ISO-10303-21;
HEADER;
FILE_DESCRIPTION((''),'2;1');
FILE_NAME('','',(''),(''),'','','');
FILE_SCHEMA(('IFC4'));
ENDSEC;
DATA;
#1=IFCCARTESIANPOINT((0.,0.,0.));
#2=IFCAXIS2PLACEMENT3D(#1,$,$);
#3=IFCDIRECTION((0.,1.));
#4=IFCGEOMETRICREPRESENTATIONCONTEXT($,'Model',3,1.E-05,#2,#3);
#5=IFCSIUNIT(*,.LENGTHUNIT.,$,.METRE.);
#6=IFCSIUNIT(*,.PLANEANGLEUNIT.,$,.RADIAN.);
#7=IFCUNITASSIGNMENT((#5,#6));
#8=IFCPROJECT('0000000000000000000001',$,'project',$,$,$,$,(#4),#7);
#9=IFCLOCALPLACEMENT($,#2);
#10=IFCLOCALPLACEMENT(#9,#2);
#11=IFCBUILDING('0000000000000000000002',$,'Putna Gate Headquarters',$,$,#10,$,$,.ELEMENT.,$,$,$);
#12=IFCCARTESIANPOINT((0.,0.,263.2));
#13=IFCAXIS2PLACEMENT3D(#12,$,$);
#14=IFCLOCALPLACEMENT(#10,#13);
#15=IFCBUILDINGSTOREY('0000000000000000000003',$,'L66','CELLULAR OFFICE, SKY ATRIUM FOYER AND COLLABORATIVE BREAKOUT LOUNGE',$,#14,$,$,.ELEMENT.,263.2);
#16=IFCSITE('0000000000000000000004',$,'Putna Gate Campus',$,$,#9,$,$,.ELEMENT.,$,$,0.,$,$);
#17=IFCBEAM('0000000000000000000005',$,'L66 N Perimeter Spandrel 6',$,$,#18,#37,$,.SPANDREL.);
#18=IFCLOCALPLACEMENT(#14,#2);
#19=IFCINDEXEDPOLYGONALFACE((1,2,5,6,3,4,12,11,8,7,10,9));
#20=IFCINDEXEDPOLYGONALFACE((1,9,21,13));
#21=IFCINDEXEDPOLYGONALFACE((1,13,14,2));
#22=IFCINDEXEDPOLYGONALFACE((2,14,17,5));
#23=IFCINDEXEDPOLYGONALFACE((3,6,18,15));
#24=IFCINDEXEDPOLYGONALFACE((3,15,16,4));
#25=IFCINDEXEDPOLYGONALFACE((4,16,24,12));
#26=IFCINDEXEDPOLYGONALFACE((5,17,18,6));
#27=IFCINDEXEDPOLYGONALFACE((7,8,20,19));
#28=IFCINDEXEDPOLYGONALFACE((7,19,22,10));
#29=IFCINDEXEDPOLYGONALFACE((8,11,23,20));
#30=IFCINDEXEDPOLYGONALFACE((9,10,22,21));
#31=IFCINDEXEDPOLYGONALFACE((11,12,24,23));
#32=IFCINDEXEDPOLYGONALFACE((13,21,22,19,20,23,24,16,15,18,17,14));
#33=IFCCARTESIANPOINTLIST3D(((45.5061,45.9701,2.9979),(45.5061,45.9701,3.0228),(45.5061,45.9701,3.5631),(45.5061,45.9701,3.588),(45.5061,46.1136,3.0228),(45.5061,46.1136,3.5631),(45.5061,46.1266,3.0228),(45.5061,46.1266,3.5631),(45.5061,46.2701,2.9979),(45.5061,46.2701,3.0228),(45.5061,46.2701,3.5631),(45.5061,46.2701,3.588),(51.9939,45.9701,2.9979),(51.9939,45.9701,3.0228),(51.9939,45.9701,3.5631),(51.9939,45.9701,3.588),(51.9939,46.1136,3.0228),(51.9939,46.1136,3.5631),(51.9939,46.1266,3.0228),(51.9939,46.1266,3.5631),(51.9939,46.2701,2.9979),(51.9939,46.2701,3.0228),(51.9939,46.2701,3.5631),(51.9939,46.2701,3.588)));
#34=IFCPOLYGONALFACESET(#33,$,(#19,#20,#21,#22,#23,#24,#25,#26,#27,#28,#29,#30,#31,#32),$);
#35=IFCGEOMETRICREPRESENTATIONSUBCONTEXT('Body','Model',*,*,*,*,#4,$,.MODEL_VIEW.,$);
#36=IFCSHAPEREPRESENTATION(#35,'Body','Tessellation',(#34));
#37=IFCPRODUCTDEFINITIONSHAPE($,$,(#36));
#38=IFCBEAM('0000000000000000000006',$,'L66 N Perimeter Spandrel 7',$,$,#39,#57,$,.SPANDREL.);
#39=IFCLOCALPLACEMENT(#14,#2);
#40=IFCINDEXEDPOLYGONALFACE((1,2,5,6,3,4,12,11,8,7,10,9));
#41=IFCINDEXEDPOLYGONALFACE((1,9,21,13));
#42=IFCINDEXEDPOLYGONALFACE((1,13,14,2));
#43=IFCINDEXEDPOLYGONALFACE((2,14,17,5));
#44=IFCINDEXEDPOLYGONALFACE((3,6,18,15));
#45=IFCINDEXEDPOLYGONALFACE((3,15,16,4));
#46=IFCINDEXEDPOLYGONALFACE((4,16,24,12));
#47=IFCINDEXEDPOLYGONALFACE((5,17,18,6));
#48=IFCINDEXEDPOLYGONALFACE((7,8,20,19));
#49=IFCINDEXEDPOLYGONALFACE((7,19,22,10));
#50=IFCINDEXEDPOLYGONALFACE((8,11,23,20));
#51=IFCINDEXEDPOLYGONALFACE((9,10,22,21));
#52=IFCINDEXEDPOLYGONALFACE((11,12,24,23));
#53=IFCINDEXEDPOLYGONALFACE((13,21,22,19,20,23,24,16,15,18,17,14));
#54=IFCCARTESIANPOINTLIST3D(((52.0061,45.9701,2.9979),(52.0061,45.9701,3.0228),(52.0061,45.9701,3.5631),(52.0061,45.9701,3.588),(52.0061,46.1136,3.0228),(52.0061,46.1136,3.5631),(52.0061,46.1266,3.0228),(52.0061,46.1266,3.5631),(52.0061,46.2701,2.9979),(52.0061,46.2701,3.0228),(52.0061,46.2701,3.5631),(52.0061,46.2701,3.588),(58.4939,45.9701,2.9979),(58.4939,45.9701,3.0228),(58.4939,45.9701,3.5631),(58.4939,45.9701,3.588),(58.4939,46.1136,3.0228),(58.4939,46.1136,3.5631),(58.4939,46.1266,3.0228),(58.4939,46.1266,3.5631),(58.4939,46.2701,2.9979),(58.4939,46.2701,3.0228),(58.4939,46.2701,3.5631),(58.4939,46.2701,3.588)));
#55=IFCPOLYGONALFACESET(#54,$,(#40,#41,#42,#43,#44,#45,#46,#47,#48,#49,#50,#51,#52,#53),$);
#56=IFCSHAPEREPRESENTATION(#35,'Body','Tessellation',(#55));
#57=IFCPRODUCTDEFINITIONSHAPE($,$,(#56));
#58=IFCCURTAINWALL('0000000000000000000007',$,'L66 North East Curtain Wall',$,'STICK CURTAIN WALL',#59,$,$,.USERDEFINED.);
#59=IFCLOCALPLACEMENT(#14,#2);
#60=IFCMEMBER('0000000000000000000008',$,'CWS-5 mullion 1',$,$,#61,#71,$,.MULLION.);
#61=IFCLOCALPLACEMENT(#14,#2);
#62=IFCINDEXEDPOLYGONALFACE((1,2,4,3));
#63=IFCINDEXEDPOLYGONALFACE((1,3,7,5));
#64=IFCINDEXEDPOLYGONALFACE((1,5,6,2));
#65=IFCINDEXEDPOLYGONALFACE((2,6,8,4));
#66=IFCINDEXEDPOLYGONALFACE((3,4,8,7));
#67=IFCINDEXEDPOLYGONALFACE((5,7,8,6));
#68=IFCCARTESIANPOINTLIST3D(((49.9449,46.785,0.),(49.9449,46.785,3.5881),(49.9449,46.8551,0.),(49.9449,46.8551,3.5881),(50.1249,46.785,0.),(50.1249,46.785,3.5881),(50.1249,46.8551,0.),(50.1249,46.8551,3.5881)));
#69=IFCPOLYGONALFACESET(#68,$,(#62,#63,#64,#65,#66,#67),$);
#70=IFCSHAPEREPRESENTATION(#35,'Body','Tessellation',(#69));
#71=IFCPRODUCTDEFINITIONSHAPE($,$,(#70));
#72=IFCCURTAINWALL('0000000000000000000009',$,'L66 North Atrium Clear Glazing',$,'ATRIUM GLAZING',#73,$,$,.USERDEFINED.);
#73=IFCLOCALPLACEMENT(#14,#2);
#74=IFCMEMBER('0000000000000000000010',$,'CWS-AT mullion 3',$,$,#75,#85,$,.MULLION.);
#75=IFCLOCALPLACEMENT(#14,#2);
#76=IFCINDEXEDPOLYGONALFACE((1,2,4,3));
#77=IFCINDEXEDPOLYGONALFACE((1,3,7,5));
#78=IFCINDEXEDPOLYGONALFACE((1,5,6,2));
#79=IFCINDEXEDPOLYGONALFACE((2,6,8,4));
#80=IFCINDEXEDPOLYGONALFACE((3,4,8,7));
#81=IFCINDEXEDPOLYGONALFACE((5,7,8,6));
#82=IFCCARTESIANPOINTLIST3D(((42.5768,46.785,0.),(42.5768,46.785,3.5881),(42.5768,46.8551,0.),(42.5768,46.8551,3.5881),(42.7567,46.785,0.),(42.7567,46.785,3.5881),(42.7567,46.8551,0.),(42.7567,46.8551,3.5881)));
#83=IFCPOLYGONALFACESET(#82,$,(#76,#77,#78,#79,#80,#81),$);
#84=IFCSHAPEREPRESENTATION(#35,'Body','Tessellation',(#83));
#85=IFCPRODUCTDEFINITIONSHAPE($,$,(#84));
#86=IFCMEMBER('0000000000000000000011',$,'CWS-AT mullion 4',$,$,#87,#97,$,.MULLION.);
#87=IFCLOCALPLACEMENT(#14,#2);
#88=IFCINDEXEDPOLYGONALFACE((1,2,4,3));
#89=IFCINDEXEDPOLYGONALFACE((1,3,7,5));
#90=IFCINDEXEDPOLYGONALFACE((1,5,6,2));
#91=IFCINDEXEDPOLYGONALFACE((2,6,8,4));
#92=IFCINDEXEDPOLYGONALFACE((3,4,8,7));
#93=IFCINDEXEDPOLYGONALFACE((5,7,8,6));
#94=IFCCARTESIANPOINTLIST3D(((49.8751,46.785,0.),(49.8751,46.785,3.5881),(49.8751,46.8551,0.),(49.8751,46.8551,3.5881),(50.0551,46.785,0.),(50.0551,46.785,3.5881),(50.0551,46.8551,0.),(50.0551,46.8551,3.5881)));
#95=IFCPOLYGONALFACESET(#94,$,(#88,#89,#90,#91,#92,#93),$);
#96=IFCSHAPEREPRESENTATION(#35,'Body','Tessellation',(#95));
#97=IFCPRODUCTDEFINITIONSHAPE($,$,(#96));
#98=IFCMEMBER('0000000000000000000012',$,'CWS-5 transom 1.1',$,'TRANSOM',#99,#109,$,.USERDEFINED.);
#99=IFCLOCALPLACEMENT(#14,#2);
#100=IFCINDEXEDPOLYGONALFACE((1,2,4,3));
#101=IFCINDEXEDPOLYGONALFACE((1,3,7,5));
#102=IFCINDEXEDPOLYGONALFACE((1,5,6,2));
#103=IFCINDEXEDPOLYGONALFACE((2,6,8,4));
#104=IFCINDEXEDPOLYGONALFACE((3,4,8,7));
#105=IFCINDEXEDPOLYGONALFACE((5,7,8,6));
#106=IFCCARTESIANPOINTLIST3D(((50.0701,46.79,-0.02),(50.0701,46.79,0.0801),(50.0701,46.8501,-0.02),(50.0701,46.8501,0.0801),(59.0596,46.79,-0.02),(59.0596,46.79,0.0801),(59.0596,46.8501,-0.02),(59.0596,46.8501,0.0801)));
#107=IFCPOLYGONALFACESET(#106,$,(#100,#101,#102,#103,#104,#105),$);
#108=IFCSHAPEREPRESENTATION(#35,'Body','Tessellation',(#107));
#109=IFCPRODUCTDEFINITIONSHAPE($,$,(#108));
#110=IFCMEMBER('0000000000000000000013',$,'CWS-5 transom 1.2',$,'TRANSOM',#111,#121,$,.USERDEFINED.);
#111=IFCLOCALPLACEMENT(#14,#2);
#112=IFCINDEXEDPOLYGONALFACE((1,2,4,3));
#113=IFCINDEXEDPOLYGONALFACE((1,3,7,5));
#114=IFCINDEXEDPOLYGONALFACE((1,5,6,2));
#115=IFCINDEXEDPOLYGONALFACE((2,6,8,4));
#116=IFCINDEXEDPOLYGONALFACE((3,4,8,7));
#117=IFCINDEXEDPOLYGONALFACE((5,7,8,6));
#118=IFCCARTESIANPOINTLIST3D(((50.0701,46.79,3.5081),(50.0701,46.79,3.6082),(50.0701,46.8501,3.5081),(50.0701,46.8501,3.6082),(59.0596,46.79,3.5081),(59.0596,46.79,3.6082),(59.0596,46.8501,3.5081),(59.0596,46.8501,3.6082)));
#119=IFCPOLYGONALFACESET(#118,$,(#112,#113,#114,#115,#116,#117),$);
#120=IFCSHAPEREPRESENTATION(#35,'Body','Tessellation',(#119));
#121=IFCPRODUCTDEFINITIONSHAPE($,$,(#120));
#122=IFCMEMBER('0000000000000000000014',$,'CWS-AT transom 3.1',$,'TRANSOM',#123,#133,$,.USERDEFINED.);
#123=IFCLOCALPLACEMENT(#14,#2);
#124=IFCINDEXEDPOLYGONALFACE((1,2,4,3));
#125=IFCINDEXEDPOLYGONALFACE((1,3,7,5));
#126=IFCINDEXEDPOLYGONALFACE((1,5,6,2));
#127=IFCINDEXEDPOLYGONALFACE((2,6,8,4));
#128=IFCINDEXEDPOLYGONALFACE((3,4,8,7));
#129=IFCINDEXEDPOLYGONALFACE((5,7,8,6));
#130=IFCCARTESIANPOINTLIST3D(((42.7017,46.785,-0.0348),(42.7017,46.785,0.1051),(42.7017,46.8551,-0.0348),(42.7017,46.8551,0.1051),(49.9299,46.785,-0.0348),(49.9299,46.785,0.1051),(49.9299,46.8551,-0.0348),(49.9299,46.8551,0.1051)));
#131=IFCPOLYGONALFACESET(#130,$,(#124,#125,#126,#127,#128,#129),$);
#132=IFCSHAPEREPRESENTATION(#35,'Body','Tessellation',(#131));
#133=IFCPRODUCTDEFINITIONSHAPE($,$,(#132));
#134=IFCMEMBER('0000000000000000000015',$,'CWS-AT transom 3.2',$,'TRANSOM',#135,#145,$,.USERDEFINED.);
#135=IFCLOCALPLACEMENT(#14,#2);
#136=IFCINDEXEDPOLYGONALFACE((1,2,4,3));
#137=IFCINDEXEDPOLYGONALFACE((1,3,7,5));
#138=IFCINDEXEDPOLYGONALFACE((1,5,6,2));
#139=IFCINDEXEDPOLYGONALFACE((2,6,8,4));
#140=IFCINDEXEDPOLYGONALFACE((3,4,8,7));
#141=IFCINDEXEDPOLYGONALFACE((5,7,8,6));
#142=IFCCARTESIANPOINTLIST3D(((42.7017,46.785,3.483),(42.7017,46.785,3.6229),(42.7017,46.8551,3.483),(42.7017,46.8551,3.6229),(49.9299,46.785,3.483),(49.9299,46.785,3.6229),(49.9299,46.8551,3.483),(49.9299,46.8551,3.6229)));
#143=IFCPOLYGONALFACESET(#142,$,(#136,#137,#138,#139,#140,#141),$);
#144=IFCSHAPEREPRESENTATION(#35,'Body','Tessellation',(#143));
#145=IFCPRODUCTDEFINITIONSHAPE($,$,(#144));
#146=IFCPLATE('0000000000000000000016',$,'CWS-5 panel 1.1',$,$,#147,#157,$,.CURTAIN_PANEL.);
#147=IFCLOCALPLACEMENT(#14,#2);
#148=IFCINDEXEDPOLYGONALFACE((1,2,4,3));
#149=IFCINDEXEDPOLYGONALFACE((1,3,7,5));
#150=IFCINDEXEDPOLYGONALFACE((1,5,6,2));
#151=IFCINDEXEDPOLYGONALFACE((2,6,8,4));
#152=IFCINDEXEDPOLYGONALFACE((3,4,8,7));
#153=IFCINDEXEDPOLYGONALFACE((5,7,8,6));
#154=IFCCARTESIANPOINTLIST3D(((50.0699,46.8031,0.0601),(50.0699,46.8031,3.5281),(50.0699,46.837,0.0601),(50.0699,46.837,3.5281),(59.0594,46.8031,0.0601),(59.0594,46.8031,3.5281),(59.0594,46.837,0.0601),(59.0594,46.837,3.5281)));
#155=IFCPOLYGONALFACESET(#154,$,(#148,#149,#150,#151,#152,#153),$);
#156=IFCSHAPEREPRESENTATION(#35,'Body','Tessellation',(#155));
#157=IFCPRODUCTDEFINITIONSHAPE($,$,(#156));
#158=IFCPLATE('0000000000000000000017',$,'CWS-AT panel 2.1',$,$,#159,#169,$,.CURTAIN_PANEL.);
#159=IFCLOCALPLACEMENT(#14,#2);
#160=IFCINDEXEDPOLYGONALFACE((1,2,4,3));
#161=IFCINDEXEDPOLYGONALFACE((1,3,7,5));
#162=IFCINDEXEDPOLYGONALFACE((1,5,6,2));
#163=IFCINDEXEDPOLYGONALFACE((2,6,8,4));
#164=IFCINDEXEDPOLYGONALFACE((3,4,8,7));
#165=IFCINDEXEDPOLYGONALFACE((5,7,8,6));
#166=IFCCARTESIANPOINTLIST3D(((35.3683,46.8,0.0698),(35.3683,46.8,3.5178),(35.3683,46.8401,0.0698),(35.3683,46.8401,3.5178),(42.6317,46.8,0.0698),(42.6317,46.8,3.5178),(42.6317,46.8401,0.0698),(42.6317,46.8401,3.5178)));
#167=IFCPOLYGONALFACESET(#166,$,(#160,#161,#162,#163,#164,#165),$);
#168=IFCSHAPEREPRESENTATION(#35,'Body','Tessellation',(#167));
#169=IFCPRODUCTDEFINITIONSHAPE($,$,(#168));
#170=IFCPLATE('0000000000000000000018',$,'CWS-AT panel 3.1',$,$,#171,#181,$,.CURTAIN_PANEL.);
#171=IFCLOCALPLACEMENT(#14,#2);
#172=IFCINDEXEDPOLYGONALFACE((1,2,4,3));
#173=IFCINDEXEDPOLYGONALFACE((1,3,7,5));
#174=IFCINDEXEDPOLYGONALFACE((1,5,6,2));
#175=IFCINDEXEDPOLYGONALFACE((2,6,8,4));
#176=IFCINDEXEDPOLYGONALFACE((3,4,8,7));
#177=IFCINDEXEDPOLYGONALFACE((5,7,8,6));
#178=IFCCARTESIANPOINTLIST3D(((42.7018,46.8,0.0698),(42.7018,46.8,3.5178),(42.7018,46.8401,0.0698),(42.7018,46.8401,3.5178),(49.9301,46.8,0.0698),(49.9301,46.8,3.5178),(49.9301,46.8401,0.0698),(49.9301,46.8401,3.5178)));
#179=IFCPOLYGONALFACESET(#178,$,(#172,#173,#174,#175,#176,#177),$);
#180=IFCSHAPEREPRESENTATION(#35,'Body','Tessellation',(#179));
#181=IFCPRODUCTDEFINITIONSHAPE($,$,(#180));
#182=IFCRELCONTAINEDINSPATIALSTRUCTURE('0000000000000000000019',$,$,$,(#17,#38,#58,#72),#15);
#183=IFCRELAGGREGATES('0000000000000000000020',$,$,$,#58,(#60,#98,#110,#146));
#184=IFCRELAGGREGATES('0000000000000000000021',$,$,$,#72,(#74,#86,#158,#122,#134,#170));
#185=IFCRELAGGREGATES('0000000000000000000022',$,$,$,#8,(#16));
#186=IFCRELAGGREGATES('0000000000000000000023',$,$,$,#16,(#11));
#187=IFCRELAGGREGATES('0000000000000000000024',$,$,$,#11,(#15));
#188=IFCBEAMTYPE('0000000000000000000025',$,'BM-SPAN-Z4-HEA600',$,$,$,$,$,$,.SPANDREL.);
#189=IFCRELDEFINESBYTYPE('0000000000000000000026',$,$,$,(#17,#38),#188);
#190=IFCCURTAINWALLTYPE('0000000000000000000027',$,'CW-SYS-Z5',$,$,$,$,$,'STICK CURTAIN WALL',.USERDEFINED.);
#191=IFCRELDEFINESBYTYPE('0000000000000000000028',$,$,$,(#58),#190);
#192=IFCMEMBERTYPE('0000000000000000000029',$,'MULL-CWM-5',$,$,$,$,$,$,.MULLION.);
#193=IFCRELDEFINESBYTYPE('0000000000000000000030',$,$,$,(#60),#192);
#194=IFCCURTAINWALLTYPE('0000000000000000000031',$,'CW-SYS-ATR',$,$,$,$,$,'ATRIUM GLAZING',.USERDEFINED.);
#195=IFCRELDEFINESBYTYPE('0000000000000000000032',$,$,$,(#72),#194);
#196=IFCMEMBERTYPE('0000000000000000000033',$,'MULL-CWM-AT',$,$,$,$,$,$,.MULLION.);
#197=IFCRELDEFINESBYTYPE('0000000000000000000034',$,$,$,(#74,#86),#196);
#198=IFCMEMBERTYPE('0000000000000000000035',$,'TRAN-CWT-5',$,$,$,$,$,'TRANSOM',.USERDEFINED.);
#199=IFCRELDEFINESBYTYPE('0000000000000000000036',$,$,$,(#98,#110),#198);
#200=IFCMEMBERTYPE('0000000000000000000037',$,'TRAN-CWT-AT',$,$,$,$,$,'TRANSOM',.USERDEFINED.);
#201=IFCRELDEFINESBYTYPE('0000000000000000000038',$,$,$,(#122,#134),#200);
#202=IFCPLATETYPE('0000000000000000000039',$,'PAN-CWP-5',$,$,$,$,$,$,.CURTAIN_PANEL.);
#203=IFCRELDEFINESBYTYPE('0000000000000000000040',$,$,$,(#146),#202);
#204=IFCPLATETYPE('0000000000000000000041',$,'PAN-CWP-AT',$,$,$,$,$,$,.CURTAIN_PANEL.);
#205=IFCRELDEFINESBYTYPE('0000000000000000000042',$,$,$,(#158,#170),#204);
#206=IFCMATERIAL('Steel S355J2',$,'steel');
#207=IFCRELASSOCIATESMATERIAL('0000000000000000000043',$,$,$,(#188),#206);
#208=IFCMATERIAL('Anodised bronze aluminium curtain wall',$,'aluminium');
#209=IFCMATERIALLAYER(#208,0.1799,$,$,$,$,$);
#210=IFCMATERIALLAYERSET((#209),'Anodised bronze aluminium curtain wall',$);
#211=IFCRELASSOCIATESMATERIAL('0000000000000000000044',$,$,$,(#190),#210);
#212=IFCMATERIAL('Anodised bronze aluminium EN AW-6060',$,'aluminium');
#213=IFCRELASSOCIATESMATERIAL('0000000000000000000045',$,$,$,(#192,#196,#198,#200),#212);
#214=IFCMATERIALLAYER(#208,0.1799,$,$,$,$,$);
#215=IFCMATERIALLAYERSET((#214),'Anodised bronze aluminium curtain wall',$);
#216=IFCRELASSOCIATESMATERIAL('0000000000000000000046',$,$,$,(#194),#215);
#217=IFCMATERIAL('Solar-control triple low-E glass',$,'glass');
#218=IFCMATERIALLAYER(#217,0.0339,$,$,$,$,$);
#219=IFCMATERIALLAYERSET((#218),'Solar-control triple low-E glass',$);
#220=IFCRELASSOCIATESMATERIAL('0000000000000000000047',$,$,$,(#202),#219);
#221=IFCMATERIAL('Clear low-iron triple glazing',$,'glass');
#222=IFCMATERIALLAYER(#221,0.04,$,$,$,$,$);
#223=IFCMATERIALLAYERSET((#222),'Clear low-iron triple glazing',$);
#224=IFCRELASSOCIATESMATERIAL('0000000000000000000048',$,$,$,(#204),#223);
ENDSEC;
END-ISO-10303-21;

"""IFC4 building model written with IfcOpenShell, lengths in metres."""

from ifc_helpers import new_model, si_unit, direction, frame, origin, origin_2d, place, context, subcontext, project, spatial, rectangle, i_section, extrude, material, layer, layer_set, material_profile, profile_set, type_object, element, aggregate, save


model = new_model("IFC4")

# Units and contexts
model_context = context("Model", 3, precision=1e-05, world=origin(), true_north=direction((0.0, 1.0)))
body_context = subcontext(model_context, "Body", "Model", "MODEL_VIEW")
ifc_project = project(units=[si_unit("LENGTHUNIT", "METRE"), si_unit("PLANEANGLEUNIT", "RADIAN")], contexts=[model_context])

# Site, building, storey
site_placement = place(None, origin())
site = spatial("IfcSite", under=ifc_project, at=site_placement, Name="Putna Gate Campus", CompositionType="ELEMENT", RefElevation=0.0)
building_placement = place(site_placement, origin())
building = spatial("IfcBuilding", under=site, at=building_placement, Name="Putna Gate Headquarters", CompositionType="ELEMENT")
storey_placement = place(building_placement, frame((0.0, 0.0, 263.2)))
storey = spatial("IfcBuildingStorey", under=building, at=storey_placement, Name="L66", Description="CELLULAR OFFICE, SKY ATRIUM FOYER AND COLLABORATIVE BREAKOUT LOUNGE", CompositionType="ELEMENT", Elevation=263.2)

# Beams
ifc_material_1 = material(Name="Steel S355J2", Category="steel")
ifc_material_profile_1 = material_profile(ifc_material_1, i_section(OverallWidth=0.3, OverallDepth=0.5901, WebThickness=0.0129, FlangeThickness=0.0249, at=origin_2d()), Name="Steel S355J2")
ifc_profile_set_1 = profile_set([ifc_material_profile_1], Name="Steel S355J2")
beam_type_1 = type_object("IfcBeamType", Name="BM-SPAN-Z4-HEA600", PredefinedType="SPANDREL", material=ifc_profile_set_1)
for number, where, z_axis, x_axis, name in (
    (1, (45.5061, 46.1201, 3.293), (1.0, 0.0, 0.0), (0.0, 1.0, 0.0), "L66 N Perimeter Spandrel 6"),
    (2, (52.0061, 46.1201, 3.293), (1.0, 0.0, 0.0), (0.0, 1.0, 0.0), "L66 N Perimeter Spandrel 7"),
):
    element("IfcBeam", number, at=place(storey_placement, frame(where, z_axis=z_axis, x_axis=x_axis)), inside=storey, type_object=beam_type_1, Name=name, PredefinedType="SPANDREL", context=body_context, shape_type="SweptSolid", body=[
        extrude(i_section(OverallWidth=0.3, OverallDepth=0.5901, WebThickness=0.0129, FlangeThickness=0.0249, at=origin_2d()), origin(), (0.0, 0.0, 1.0), 6.4878),
    ])

# Curtain wall, member
ifc_material_2 = material(Name="Anodised bronze aluminium curtain wall", Category="aluminium")
ifc_layer_1 = layer(ifc_material_2, 0.1799)
ifc_layer_set_1 = layer_set([ifc_layer_1], Name="Anodised bronze aluminium curtain wall")
curtain_wall_type_1 = type_object("IfcCurtainWallType", Name="CW-SYS-Z5", ElementType="STICK CURTAIN WALL", PredefinedType="USERDEFINED", material=ifc_layer_set_1)
curtain_wall_1_placement = place(storey_placement, origin())
curtain_wall_1 = element("IfcCurtainWall", 3, at=curtain_wall_1_placement, inside=storey, type_object=curtain_wall_type_1, Name="L66 North East Curtain Wall", ObjectType="STICK CURTAIN WALL", PredefinedType="USERDEFINED")
ifc_material_3 = material(Name="Anodised bronze aluminium EN AW-6060", Category="aluminium")
ifc_material_profile_2 = material_profile(ifc_material_3, rectangle(XDim=0.0701, YDim=0.1799, at=origin_2d()), Name="Anodised bronze aluminium EN AW-6060")
ifc_profile_set_2 = profile_set([ifc_material_profile_2], Name="Anodised bronze aluminium EN AW-6060")
member_type_1 = type_object("IfcMemberType", Name="MULL-CWM-5", PredefinedType="MULLION", material=ifc_profile_set_2)
member_1_placement = place(storey_placement, frame((50.0349, 46.8201, 0.0), z_axis=(0.0, 0.0, 1.0), x_axis=(0.0, 1.0, 0.0)))
member_1 = element("IfcMember", 4, at=member_1_placement, type_object=member_type_1, Name="CWS-5 mullion 1", PredefinedType="MULLION", context=body_context, shape_type="SweptSolid", body=[
    extrude(rectangle(XDim=0.0701, YDim=0.1799, at=origin_2d()), origin(), (0.0, 0.0, 1.0), 3.5881),
])

# Curtain wall, members
ifc_layer_2 = layer(ifc_material_2, 0.1799)
ifc_layer_set_2 = layer_set([ifc_layer_2], Name="Anodised bronze aluminium curtain wall")
curtain_wall_type_2 = type_object("IfcCurtainWallType", Name="CW-SYS-ATR", ElementType="ATRIUM GLAZING", PredefinedType="USERDEFINED", material=ifc_layer_set_2)
curtain_wall_2_placement = place(storey_placement, origin())
curtain_wall_2 = element("IfcCurtainWall", 5, at=curtain_wall_2_placement, inside=storey, type_object=curtain_wall_type_2, Name="L66 North Atrium Clear Glazing", ObjectType="ATRIUM GLAZING", PredefinedType="USERDEFINED")
ifc_material_profile_3 = material_profile(ifc_material_3, rectangle(XDim=0.0701, YDim=0.1799, at=origin_2d()), Name="Anodised bronze aluminium EN AW-6060")
ifc_profile_set_3 = profile_set([ifc_material_profile_3], Name="Anodised bronze aluminium EN AW-6060")
member_type_2 = type_object("IfcMemberType", Name="MULL-CWM-AT", PredefinedType="MULLION", material=ifc_profile_set_3)
member_2_placement = place(storey_placement, frame((42.6667, 46.8201, 0.0), z_axis=(0.0, 0.0, 1.0), x_axis=(0.0, 1.0, 0.0)))
member_2 = element("IfcMember", 6, at=member_2_placement, type_object=member_type_2, Name="CWS-AT mullion 3", PredefinedType="MULLION", context=body_context, shape_type="SweptSolid", body=[
    extrude(rectangle(XDim=0.0701, YDim=0.1799, at=origin_2d()), origin(), (0.0, 0.0, 1.0), 3.5881),
])
member_3_placement = place(storey_placement, frame((49.9651, 46.8201, 0.0), z_axis=(0.0, 0.0, 1.0), x_axis=(0.0, 1.0, 0.0)))
member_3 = element("IfcMember", 7, at=member_3_placement, type_object=member_type_2, Name="CWS-AT mullion 4", PredefinedType="MULLION", context=body_context, shape_type="SweptSolid", body=[
    extrude(rectangle(XDim=0.0701, YDim=0.1799, at=origin_2d()), origin(), (0.0, 0.0, 1.0), 3.5881),
])

# Members
ifc_material_profile_4 = material_profile(ifc_material_3, rectangle(XDim=0.0601, YDim=0.1001, at=origin_2d()), Name="Anodised bronze aluminium EN AW-6060")
ifc_profile_set_4 = profile_set([ifc_material_profile_4], Name="Anodised bronze aluminium EN AW-6060")
member_type_3 = type_object("IfcMemberType", Name="TRAN-CWT-5", ElementType="TRANSOM", PredefinedType="USERDEFINED", material=ifc_profile_set_4)
member_4_placement = place(storey_placement, frame((50.0701, 46.8201, 0.03), z_axis=(1.0, 0.0, 0.0), x_axis=(0.0, 1.0, 0.0)))
member_4 = element("IfcMember", 8, at=member_4_placement, type_object=member_type_3, Name="CWS-5 transom 1.1", ObjectType="TRANSOM", PredefinedType="USERDEFINED", context=body_context, shape_type="SweptSolid", body=[
    extrude(rectangle(XDim=0.0601, YDim=0.1001, at=origin_2d()), origin(), (0.0, 0.0, 1.0), 8.9895),
])
member_5_placement = place(storey_placement, frame((50.0701, 46.8201, 3.5581), z_axis=(1.0, 0.0, 0.0), x_axis=(0.0, 1.0, 0.0)))
member_5 = element("IfcMember", 9, at=member_5_placement, type_object=member_type_3, Name="CWS-5 transom 1.2", ObjectType="TRANSOM", PredefinedType="USERDEFINED", context=body_context, shape_type="SweptSolid", body=[
    extrude(rectangle(XDim=0.0601, YDim=0.1001, at=origin_2d()), origin(), (0.0, 0.0, 1.0), 8.9895),
])
ifc_material_profile_5 = material_profile(ifc_material_3, rectangle(XDim=0.0701, YDim=0.1399, at=origin_2d()), Name="Anodised bronze aluminium EN AW-6060")
ifc_profile_set_5 = profile_set([ifc_material_profile_5], Name="Anodised bronze aluminium EN AW-6060")
member_type_4 = type_object("IfcMemberType", Name="TRAN-CWT-AT", ElementType="TRANSOM", PredefinedType="USERDEFINED", material=ifc_profile_set_5)
member_6_placement = place(storey_placement, frame((42.7017, 46.8201, 0.0352), z_axis=(1.0, 0.0, 0.0), x_axis=(0.0, 1.0, 0.0)))
member_6 = element("IfcMember", 10, at=member_6_placement, type_object=member_type_4, Name="CWS-AT transom 3.1", ObjectType="TRANSOM", PredefinedType="USERDEFINED", context=body_context, shape_type="SweptSolid", body=[
    extrude(rectangle(XDim=0.0701, YDim=0.1399, at=origin_2d()), origin(), (0.0, 0.0, 1.0), 7.2283),
])
member_7_placement = place(storey_placement, frame((42.7017, 46.8201, 3.553), z_axis=(1.0, 0.0, 0.0), x_axis=(0.0, 1.0, 0.0)))
member_7 = element("IfcMember", 11, at=member_7_placement, type_object=member_type_4, Name="CWS-AT transom 3.2", ObjectType="TRANSOM", PredefinedType="USERDEFINED", context=body_context, shape_type="SweptSolid", body=[
    extrude(rectangle(XDim=0.0701, YDim=0.1399, at=origin_2d()), origin(), (0.0, 0.0, 1.0), 7.2283),
])

# Plates
ifc_material_4 = material(Name="Solar-control triple low-E glass", Category="glass")
ifc_layer_3 = layer(ifc_material_4, 0.0339)
ifc_layer_set_3 = layer_set([ifc_layer_3], Name="Solar-control triple low-E glass")
plate_type_1 = type_object("IfcPlateType", Name="PAN-CWP-5", PredefinedType="CURTAIN_PANEL", material=ifc_layer_set_3)
plate_1_placement = place(storey_placement, frame((54.5647, 46.8201, 0.0601), z_axis=(0.0, 0.0, 1.0), x_axis=(1.0, 0.0, 0.0)))
plate_1 = element("IfcPlate", 12, at=plate_1_placement, type_object=plate_type_1, Name="CWS-5 panel 1.1", PredefinedType="CURTAIN_PANEL", context=body_context, shape_type="SweptSolid", body=[
    extrude(rectangle(XDim=8.9895, YDim=0.0339, at=origin_2d()), origin(), (0.0, 0.0, 1.0), 3.468),
])
aggregate(curtain_wall_1, [member_1, member_4, member_5, plate_1])
ifc_material_5 = material(Name="Clear low-iron triple glazing", Category="glass")
ifc_layer_4 = layer(ifc_material_5, 0.04)
ifc_layer_set_4 = layer_set([ifc_layer_4], Name="Clear low-iron triple glazing")
plate_type_2 = type_object("IfcPlateType", Name="PAN-CWP-AT", PredefinedType="CURTAIN_PANEL", material=ifc_layer_set_4)
plate_2_placement = place(storey_placement, frame((39.0, 46.8201, 0.0698), z_axis=(0.0, 0.0, 1.0), x_axis=(1.0, 0.0, 0.0)))
plate_2 = element("IfcPlate", 13, at=plate_2_placement, type_object=plate_type_2, Name="CWS-AT panel 2.1", PredefinedType="CURTAIN_PANEL", context=body_context, shape_type="SweptSolid", body=[
    extrude(rectangle(XDim=7.2634, YDim=0.04, at=origin_2d()), origin(), (0.0, 0.0, 1.0), 3.448),
])
plate_3_placement = place(storey_placement, frame((46.3159, 46.8201, 0.0698), z_axis=(0.0, 0.0, 1.0), x_axis=(1.0, 0.0, 0.0)))
plate_3 = element("IfcPlate", 14, at=plate_3_placement, type_object=plate_type_2, Name="CWS-AT panel 3.1", PredefinedType="CURTAIN_PANEL", context=body_context, shape_type="SweptSolid", body=[
    extrude(rectangle(XDim=7.2283, YDim=0.04, at=origin_2d()), origin(), (0.0, 0.0, 1.0), 3.448),
])
aggregate(curtain_wall_2, [member_2, member_3, plate_2, member_6, member_7, plate_3])

save(model, "model.ifc")
